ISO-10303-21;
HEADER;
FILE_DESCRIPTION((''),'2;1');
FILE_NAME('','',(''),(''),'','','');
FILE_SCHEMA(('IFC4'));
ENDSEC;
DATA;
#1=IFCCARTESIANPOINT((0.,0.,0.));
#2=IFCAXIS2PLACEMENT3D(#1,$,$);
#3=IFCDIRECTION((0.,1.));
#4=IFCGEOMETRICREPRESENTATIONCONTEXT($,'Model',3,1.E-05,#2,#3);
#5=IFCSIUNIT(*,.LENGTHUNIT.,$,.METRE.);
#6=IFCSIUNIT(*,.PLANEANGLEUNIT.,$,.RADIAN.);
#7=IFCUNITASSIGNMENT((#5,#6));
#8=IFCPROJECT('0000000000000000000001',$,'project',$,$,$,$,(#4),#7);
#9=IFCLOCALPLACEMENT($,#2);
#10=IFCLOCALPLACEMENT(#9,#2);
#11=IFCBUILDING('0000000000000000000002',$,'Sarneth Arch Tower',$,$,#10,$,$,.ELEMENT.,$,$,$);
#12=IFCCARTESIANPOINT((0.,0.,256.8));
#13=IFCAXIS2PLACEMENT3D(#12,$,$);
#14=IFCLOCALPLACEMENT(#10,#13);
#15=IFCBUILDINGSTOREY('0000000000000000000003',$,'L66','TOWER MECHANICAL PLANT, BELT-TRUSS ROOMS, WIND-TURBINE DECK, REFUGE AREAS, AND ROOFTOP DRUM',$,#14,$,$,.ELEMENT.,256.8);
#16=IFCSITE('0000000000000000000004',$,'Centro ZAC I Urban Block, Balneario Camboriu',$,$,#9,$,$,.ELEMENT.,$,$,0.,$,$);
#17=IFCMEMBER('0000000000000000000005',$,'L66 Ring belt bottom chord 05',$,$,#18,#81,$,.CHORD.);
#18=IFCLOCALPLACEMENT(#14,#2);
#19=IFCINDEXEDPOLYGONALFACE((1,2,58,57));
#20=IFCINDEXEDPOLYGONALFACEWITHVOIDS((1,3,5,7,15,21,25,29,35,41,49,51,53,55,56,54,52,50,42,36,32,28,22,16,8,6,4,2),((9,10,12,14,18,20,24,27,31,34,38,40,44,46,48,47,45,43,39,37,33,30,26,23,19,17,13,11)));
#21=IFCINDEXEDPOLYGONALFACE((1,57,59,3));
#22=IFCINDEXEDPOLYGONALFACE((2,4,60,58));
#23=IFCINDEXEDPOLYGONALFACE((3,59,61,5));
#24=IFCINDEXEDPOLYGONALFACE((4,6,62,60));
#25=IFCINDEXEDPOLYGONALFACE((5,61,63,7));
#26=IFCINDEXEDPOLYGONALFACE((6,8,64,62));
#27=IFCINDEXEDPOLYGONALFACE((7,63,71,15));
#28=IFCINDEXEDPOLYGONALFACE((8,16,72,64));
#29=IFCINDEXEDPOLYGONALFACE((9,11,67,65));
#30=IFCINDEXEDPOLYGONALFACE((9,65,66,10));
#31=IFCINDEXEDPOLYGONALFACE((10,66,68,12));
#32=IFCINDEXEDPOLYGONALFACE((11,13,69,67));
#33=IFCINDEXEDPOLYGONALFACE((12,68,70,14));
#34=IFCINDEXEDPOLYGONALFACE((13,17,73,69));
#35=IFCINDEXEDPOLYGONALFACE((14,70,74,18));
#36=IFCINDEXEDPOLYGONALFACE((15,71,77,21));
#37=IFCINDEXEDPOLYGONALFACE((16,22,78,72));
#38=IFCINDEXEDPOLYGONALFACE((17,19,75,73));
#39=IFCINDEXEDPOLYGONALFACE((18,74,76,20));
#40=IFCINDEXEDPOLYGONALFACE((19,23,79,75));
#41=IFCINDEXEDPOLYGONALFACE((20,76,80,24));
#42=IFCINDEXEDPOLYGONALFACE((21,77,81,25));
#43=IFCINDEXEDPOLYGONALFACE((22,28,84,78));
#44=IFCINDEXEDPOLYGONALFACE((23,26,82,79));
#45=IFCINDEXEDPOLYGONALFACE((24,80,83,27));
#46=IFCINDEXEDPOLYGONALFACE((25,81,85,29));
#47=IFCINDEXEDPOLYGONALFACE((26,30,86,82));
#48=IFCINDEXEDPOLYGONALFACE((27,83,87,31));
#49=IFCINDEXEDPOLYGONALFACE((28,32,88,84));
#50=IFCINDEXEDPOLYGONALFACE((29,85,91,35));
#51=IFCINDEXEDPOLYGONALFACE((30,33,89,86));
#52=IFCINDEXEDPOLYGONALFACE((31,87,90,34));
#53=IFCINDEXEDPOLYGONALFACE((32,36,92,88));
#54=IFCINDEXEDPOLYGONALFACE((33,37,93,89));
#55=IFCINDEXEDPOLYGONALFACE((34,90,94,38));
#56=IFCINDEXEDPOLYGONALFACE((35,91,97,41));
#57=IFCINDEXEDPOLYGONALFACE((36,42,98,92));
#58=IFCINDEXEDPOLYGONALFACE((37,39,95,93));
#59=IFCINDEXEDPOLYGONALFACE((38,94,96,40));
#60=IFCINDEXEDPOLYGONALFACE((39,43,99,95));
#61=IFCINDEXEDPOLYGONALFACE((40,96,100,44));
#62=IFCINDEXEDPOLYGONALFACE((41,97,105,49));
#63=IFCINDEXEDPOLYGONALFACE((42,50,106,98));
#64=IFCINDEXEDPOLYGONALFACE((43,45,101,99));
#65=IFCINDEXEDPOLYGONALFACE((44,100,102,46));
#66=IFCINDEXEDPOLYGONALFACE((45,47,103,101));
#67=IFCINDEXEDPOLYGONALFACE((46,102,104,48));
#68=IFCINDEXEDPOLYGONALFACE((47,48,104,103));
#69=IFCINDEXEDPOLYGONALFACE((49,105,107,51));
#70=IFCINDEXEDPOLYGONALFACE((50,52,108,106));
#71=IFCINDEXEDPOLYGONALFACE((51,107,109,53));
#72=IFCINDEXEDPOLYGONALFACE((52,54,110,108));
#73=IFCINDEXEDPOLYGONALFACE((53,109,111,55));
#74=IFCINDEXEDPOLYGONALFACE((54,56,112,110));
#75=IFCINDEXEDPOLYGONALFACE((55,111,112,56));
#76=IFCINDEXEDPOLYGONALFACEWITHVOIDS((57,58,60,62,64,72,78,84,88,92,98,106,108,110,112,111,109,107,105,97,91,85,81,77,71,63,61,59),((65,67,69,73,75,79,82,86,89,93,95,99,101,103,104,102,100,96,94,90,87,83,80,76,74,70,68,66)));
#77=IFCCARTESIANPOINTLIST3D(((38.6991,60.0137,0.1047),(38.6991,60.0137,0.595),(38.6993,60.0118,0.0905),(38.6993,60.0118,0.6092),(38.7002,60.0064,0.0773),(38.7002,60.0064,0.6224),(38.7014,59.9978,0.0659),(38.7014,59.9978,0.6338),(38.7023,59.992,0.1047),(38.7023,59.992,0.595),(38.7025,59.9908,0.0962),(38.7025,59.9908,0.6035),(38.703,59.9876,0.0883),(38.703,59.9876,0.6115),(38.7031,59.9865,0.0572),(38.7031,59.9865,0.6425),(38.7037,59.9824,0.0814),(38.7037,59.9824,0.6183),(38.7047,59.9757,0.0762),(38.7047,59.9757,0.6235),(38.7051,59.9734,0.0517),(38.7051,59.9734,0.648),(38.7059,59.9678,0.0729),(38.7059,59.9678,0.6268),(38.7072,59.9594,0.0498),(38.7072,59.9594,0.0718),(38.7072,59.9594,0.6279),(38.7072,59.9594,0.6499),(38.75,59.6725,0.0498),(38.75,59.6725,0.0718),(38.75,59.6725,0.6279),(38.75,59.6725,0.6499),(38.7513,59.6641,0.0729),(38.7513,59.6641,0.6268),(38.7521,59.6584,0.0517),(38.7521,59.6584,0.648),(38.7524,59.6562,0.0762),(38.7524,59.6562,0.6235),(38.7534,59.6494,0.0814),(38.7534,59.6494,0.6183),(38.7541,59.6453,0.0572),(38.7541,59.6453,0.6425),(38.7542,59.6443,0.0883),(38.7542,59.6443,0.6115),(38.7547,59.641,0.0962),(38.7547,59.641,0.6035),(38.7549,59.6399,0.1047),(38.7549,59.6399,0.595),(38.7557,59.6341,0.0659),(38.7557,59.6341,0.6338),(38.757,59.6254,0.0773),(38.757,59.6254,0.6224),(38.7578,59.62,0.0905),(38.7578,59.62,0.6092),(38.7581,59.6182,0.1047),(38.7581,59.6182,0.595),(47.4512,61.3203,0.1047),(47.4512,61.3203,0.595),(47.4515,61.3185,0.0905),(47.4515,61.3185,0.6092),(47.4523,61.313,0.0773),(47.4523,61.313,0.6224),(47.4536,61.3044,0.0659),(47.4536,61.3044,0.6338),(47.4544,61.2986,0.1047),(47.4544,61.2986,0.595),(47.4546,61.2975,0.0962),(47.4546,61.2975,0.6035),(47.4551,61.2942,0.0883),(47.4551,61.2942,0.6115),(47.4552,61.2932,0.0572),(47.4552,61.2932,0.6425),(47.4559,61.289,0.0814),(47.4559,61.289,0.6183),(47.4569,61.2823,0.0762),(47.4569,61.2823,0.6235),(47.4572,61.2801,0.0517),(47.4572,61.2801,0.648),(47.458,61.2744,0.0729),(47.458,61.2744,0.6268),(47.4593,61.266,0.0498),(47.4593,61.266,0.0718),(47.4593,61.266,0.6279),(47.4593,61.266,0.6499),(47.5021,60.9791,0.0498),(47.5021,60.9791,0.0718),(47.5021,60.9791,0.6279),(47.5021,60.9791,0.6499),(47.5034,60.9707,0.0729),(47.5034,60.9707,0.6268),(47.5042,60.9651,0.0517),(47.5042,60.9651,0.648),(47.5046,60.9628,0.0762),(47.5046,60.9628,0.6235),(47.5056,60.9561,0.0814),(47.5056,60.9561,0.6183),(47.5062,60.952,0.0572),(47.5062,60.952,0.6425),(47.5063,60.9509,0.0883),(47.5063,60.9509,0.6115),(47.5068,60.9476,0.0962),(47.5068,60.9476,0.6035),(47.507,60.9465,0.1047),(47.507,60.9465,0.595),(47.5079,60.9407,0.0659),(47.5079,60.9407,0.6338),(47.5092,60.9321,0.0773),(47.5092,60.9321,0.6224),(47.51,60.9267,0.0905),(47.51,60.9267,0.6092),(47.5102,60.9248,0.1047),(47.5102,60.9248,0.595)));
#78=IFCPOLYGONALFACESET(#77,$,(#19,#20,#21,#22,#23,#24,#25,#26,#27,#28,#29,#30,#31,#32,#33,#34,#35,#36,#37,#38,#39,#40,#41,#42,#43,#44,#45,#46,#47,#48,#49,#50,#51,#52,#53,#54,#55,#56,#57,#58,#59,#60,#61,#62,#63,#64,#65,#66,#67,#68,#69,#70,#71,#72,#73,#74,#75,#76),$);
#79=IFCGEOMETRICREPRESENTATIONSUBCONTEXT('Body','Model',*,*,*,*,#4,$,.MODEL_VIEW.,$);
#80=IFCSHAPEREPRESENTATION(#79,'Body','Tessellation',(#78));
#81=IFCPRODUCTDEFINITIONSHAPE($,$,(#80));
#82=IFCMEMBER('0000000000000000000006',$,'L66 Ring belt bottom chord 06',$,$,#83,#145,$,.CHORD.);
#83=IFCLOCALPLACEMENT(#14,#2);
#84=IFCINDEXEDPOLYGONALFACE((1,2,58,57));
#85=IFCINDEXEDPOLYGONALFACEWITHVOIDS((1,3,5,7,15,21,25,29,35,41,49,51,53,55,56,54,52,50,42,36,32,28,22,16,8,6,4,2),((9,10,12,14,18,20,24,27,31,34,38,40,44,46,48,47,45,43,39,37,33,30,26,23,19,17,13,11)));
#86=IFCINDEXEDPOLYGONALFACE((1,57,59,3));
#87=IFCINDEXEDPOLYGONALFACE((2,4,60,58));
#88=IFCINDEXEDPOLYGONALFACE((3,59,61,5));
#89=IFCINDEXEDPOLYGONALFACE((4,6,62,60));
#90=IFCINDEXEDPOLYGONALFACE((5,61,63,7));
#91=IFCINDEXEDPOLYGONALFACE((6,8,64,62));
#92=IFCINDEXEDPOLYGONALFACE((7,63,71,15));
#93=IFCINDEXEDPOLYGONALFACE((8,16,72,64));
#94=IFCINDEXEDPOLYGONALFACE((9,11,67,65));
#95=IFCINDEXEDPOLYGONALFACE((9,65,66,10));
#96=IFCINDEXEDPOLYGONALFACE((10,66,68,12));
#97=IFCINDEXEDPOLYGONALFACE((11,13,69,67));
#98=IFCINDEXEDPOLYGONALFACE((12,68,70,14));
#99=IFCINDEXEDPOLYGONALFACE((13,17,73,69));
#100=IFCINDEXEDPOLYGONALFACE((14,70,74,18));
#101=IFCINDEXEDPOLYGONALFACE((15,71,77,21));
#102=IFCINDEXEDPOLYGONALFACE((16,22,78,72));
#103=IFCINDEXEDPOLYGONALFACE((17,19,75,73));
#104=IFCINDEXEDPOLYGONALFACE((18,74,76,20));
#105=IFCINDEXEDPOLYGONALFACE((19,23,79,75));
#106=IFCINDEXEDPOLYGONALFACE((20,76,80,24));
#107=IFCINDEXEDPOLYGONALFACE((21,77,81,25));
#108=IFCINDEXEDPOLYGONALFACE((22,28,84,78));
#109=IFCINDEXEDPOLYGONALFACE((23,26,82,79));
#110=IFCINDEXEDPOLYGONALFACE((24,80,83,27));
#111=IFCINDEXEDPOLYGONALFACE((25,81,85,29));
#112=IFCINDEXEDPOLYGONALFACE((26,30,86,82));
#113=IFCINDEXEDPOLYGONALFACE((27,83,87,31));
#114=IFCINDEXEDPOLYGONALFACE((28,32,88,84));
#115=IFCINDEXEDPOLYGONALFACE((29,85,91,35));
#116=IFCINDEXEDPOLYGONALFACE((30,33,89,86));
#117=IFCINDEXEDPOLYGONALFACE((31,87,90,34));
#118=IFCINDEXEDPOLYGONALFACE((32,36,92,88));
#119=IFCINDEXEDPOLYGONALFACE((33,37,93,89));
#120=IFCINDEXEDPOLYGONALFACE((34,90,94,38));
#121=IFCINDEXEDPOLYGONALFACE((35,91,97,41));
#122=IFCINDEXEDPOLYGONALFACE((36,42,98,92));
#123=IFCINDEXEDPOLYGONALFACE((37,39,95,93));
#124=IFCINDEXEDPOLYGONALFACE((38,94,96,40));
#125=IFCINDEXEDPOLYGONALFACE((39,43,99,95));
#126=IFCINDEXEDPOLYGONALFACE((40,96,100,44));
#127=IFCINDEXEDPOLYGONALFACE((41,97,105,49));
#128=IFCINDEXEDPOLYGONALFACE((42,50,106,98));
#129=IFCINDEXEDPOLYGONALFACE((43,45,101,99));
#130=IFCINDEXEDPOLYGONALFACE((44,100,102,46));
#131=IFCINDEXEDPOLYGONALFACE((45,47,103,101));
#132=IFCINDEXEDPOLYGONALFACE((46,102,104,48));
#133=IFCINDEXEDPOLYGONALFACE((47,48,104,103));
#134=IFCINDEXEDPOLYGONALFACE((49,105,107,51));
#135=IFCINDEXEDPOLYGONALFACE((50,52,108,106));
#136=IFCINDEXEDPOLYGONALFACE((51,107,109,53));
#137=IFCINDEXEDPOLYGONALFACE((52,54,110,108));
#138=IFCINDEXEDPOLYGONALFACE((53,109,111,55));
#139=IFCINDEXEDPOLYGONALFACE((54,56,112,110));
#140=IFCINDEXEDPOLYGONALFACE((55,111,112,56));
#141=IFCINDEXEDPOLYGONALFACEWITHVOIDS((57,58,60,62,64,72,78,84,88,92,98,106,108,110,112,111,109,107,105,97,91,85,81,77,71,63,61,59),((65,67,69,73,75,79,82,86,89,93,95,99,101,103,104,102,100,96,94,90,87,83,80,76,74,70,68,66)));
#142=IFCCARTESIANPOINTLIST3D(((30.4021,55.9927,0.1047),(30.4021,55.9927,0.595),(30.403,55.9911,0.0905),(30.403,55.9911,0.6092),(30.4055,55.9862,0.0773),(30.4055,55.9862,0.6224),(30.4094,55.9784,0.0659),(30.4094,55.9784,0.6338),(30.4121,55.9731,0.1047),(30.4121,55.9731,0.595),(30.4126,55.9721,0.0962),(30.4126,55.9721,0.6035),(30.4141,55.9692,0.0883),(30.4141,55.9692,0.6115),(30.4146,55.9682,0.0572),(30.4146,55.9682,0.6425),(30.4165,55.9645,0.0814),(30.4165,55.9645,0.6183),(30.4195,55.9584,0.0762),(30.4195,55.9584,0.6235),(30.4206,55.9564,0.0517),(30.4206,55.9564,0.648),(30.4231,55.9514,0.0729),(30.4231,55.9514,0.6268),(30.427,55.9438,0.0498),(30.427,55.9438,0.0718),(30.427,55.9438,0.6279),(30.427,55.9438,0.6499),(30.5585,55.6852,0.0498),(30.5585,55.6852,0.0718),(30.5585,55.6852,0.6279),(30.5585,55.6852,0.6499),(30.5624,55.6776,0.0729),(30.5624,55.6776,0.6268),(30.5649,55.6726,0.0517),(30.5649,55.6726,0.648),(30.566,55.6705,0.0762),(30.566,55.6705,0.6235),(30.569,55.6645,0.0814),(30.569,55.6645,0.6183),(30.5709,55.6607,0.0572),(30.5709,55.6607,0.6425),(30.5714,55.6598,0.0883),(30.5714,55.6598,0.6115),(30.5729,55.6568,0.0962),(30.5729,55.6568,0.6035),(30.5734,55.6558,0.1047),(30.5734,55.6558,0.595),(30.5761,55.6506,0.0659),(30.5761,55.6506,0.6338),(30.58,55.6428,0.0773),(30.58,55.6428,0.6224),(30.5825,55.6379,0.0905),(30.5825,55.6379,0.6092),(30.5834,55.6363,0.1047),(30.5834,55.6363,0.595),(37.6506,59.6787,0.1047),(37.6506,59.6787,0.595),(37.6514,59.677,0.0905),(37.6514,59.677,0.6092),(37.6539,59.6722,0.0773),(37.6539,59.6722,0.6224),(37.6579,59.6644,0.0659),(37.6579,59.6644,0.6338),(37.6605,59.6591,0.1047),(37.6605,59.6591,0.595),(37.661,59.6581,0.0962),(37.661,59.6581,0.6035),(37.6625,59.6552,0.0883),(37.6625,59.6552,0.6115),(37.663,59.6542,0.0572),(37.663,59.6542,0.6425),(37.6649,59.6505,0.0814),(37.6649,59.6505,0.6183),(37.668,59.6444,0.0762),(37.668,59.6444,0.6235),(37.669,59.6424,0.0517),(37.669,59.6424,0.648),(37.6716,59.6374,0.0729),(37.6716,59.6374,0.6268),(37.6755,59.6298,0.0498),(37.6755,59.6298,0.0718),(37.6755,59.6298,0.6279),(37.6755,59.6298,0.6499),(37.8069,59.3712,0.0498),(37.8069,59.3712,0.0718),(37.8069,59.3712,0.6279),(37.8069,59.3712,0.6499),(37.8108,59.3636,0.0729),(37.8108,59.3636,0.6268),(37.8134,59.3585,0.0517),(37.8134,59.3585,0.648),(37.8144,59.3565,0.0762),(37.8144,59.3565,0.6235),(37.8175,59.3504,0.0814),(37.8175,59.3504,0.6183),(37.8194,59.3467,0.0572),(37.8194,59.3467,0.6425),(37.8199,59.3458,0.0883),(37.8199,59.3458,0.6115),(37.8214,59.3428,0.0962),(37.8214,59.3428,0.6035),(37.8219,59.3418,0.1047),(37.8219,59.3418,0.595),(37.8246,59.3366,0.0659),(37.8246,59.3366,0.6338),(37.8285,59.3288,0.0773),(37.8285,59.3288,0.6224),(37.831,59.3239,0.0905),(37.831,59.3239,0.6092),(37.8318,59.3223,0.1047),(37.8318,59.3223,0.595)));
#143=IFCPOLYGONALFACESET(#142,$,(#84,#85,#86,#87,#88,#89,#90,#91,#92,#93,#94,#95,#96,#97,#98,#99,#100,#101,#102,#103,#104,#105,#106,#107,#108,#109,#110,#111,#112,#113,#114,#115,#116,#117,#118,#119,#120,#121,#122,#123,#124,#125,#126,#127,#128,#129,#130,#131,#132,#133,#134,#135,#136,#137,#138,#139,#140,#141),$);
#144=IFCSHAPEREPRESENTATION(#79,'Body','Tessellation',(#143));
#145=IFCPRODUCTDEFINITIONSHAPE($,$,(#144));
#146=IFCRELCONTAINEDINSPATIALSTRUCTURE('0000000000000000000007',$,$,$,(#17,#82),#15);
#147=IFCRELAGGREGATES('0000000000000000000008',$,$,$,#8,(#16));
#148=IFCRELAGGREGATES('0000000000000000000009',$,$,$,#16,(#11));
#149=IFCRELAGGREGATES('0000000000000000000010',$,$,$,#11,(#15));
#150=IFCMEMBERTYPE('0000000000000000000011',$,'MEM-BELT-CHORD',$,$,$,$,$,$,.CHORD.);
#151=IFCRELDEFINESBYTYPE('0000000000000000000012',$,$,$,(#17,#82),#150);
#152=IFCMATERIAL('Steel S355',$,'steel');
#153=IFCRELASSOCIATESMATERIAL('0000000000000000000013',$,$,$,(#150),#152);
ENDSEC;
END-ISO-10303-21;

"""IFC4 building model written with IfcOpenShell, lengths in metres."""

from ifc_helpers import new_model, si_unit, direction, frame, origin, origin_2d, place, context, subcontext, project, spatial, hollow_rectangle, extrude, material, material_profile, profile_set, type_object, element, save


model = new_model("IFC4")

# Units and contexts
model_context = context("Model", 3, precision=1e-05, world=origin(), true_north=direction((0.0, 1.0)))
body_context = subcontext(model_context, "Body", "Model", "MODEL_VIEW")
ifc_project = project(units=[si_unit("LENGTHUNIT", "METRE"), si_unit("PLANEANGLEUNIT", "RADIAN")], contexts=[model_context])

# Site, building, storey
site_placement = place(None, origin())
site = spatial("IfcSite", under=ifc_project, at=site_placement, Name="Centro ZAC I Urban Block, Balneario Camboriu", CompositionType="ELEMENT", RefElevation=0.0)
building_placement = place(site_placement, origin())
building = spatial("IfcBuilding", under=site, at=building_placement, Name="Sarneth Arch Tower", CompositionType="ELEMENT")
storey_placement = place(building_placement, frame((0.0, 0.0, 256.8)))
storey = spatial("IfcBuildingStorey", under=building, at=storey_placement, Name="L66", Description="TOWER MECHANICAL PLANT, BELT-TRUSS ROOMS, WIND-TURBINE DECK, REFUGE AREAS, AND ROOFTOP DRUM", CompositionType="ELEMENT", Elevation=256.8)

# Members
ifc_material_1 = material(Name="Steel S355", Category="steel")
ifc_material_profile_1 = material_profile(ifc_material_1, hollow_rectangle(XDim=0.3999, YDim=0.6001, WallThickness=0.022, InnerFilletRadius=0.033, OuterFilletRadius=0.0549, at=origin_2d()), Name="RHS600x400x22")
ifc_profile_set_1 = profile_set([ifc_material_profile_1], Name="Steel S355")
member_type_1 = type_object("IfcMemberType", Name="MEM-BELT-CHORD", PredefinedType="CHORD", material=ifc_profile_set_1)
member_1_placement = place(storey_placement, frame((47.4807, 61.1226, 0.3499), z_axis=(-0.989039, -0.147656, 0.0), x_axis=(0.147656, -0.989039, 0.0)))
element("IfcMember", 1, at=member_1_placement, inside=storey, type_object=member_type_1, Name="L66 Ring belt bottom chord 05", PredefinedType="CHORD", context=body_context, shape_type="SweptSolid", body=[
    extrude(hollow_rectangle(XDim=0.3999, YDim=0.6001, WallThickness=0.022, InnerFilletRadius=0.033, OuterFilletRadius=0.0549, at=origin_2d()), origin(), (0.0, 0.0, 1.0), 8.8491),
])
member_2_placement = place(storey_placement, frame((37.7412, 59.5005, 0.3499), z_axis=(-0.891368, -0.45328, 0.0), x_axis=(0.45328, -0.891368, 0.0)))
element("IfcMember", 2, at=member_2_placement, inside=storey, type_object=member_type_1, Name="L66 Ring belt bottom chord 06", PredefinedType="CHORD", context=body_context, shape_type="SweptSolid", body=[
    extrude(hollow_rectangle(XDim=0.3999, YDim=0.6001, WallThickness=0.022, InnerFilletRadius=0.033, OuterFilletRadius=0.0549, at=origin_2d()), origin(), (0.0, 0.0, 1.0), 8.1318),
])

save(model, "model.ifc")
